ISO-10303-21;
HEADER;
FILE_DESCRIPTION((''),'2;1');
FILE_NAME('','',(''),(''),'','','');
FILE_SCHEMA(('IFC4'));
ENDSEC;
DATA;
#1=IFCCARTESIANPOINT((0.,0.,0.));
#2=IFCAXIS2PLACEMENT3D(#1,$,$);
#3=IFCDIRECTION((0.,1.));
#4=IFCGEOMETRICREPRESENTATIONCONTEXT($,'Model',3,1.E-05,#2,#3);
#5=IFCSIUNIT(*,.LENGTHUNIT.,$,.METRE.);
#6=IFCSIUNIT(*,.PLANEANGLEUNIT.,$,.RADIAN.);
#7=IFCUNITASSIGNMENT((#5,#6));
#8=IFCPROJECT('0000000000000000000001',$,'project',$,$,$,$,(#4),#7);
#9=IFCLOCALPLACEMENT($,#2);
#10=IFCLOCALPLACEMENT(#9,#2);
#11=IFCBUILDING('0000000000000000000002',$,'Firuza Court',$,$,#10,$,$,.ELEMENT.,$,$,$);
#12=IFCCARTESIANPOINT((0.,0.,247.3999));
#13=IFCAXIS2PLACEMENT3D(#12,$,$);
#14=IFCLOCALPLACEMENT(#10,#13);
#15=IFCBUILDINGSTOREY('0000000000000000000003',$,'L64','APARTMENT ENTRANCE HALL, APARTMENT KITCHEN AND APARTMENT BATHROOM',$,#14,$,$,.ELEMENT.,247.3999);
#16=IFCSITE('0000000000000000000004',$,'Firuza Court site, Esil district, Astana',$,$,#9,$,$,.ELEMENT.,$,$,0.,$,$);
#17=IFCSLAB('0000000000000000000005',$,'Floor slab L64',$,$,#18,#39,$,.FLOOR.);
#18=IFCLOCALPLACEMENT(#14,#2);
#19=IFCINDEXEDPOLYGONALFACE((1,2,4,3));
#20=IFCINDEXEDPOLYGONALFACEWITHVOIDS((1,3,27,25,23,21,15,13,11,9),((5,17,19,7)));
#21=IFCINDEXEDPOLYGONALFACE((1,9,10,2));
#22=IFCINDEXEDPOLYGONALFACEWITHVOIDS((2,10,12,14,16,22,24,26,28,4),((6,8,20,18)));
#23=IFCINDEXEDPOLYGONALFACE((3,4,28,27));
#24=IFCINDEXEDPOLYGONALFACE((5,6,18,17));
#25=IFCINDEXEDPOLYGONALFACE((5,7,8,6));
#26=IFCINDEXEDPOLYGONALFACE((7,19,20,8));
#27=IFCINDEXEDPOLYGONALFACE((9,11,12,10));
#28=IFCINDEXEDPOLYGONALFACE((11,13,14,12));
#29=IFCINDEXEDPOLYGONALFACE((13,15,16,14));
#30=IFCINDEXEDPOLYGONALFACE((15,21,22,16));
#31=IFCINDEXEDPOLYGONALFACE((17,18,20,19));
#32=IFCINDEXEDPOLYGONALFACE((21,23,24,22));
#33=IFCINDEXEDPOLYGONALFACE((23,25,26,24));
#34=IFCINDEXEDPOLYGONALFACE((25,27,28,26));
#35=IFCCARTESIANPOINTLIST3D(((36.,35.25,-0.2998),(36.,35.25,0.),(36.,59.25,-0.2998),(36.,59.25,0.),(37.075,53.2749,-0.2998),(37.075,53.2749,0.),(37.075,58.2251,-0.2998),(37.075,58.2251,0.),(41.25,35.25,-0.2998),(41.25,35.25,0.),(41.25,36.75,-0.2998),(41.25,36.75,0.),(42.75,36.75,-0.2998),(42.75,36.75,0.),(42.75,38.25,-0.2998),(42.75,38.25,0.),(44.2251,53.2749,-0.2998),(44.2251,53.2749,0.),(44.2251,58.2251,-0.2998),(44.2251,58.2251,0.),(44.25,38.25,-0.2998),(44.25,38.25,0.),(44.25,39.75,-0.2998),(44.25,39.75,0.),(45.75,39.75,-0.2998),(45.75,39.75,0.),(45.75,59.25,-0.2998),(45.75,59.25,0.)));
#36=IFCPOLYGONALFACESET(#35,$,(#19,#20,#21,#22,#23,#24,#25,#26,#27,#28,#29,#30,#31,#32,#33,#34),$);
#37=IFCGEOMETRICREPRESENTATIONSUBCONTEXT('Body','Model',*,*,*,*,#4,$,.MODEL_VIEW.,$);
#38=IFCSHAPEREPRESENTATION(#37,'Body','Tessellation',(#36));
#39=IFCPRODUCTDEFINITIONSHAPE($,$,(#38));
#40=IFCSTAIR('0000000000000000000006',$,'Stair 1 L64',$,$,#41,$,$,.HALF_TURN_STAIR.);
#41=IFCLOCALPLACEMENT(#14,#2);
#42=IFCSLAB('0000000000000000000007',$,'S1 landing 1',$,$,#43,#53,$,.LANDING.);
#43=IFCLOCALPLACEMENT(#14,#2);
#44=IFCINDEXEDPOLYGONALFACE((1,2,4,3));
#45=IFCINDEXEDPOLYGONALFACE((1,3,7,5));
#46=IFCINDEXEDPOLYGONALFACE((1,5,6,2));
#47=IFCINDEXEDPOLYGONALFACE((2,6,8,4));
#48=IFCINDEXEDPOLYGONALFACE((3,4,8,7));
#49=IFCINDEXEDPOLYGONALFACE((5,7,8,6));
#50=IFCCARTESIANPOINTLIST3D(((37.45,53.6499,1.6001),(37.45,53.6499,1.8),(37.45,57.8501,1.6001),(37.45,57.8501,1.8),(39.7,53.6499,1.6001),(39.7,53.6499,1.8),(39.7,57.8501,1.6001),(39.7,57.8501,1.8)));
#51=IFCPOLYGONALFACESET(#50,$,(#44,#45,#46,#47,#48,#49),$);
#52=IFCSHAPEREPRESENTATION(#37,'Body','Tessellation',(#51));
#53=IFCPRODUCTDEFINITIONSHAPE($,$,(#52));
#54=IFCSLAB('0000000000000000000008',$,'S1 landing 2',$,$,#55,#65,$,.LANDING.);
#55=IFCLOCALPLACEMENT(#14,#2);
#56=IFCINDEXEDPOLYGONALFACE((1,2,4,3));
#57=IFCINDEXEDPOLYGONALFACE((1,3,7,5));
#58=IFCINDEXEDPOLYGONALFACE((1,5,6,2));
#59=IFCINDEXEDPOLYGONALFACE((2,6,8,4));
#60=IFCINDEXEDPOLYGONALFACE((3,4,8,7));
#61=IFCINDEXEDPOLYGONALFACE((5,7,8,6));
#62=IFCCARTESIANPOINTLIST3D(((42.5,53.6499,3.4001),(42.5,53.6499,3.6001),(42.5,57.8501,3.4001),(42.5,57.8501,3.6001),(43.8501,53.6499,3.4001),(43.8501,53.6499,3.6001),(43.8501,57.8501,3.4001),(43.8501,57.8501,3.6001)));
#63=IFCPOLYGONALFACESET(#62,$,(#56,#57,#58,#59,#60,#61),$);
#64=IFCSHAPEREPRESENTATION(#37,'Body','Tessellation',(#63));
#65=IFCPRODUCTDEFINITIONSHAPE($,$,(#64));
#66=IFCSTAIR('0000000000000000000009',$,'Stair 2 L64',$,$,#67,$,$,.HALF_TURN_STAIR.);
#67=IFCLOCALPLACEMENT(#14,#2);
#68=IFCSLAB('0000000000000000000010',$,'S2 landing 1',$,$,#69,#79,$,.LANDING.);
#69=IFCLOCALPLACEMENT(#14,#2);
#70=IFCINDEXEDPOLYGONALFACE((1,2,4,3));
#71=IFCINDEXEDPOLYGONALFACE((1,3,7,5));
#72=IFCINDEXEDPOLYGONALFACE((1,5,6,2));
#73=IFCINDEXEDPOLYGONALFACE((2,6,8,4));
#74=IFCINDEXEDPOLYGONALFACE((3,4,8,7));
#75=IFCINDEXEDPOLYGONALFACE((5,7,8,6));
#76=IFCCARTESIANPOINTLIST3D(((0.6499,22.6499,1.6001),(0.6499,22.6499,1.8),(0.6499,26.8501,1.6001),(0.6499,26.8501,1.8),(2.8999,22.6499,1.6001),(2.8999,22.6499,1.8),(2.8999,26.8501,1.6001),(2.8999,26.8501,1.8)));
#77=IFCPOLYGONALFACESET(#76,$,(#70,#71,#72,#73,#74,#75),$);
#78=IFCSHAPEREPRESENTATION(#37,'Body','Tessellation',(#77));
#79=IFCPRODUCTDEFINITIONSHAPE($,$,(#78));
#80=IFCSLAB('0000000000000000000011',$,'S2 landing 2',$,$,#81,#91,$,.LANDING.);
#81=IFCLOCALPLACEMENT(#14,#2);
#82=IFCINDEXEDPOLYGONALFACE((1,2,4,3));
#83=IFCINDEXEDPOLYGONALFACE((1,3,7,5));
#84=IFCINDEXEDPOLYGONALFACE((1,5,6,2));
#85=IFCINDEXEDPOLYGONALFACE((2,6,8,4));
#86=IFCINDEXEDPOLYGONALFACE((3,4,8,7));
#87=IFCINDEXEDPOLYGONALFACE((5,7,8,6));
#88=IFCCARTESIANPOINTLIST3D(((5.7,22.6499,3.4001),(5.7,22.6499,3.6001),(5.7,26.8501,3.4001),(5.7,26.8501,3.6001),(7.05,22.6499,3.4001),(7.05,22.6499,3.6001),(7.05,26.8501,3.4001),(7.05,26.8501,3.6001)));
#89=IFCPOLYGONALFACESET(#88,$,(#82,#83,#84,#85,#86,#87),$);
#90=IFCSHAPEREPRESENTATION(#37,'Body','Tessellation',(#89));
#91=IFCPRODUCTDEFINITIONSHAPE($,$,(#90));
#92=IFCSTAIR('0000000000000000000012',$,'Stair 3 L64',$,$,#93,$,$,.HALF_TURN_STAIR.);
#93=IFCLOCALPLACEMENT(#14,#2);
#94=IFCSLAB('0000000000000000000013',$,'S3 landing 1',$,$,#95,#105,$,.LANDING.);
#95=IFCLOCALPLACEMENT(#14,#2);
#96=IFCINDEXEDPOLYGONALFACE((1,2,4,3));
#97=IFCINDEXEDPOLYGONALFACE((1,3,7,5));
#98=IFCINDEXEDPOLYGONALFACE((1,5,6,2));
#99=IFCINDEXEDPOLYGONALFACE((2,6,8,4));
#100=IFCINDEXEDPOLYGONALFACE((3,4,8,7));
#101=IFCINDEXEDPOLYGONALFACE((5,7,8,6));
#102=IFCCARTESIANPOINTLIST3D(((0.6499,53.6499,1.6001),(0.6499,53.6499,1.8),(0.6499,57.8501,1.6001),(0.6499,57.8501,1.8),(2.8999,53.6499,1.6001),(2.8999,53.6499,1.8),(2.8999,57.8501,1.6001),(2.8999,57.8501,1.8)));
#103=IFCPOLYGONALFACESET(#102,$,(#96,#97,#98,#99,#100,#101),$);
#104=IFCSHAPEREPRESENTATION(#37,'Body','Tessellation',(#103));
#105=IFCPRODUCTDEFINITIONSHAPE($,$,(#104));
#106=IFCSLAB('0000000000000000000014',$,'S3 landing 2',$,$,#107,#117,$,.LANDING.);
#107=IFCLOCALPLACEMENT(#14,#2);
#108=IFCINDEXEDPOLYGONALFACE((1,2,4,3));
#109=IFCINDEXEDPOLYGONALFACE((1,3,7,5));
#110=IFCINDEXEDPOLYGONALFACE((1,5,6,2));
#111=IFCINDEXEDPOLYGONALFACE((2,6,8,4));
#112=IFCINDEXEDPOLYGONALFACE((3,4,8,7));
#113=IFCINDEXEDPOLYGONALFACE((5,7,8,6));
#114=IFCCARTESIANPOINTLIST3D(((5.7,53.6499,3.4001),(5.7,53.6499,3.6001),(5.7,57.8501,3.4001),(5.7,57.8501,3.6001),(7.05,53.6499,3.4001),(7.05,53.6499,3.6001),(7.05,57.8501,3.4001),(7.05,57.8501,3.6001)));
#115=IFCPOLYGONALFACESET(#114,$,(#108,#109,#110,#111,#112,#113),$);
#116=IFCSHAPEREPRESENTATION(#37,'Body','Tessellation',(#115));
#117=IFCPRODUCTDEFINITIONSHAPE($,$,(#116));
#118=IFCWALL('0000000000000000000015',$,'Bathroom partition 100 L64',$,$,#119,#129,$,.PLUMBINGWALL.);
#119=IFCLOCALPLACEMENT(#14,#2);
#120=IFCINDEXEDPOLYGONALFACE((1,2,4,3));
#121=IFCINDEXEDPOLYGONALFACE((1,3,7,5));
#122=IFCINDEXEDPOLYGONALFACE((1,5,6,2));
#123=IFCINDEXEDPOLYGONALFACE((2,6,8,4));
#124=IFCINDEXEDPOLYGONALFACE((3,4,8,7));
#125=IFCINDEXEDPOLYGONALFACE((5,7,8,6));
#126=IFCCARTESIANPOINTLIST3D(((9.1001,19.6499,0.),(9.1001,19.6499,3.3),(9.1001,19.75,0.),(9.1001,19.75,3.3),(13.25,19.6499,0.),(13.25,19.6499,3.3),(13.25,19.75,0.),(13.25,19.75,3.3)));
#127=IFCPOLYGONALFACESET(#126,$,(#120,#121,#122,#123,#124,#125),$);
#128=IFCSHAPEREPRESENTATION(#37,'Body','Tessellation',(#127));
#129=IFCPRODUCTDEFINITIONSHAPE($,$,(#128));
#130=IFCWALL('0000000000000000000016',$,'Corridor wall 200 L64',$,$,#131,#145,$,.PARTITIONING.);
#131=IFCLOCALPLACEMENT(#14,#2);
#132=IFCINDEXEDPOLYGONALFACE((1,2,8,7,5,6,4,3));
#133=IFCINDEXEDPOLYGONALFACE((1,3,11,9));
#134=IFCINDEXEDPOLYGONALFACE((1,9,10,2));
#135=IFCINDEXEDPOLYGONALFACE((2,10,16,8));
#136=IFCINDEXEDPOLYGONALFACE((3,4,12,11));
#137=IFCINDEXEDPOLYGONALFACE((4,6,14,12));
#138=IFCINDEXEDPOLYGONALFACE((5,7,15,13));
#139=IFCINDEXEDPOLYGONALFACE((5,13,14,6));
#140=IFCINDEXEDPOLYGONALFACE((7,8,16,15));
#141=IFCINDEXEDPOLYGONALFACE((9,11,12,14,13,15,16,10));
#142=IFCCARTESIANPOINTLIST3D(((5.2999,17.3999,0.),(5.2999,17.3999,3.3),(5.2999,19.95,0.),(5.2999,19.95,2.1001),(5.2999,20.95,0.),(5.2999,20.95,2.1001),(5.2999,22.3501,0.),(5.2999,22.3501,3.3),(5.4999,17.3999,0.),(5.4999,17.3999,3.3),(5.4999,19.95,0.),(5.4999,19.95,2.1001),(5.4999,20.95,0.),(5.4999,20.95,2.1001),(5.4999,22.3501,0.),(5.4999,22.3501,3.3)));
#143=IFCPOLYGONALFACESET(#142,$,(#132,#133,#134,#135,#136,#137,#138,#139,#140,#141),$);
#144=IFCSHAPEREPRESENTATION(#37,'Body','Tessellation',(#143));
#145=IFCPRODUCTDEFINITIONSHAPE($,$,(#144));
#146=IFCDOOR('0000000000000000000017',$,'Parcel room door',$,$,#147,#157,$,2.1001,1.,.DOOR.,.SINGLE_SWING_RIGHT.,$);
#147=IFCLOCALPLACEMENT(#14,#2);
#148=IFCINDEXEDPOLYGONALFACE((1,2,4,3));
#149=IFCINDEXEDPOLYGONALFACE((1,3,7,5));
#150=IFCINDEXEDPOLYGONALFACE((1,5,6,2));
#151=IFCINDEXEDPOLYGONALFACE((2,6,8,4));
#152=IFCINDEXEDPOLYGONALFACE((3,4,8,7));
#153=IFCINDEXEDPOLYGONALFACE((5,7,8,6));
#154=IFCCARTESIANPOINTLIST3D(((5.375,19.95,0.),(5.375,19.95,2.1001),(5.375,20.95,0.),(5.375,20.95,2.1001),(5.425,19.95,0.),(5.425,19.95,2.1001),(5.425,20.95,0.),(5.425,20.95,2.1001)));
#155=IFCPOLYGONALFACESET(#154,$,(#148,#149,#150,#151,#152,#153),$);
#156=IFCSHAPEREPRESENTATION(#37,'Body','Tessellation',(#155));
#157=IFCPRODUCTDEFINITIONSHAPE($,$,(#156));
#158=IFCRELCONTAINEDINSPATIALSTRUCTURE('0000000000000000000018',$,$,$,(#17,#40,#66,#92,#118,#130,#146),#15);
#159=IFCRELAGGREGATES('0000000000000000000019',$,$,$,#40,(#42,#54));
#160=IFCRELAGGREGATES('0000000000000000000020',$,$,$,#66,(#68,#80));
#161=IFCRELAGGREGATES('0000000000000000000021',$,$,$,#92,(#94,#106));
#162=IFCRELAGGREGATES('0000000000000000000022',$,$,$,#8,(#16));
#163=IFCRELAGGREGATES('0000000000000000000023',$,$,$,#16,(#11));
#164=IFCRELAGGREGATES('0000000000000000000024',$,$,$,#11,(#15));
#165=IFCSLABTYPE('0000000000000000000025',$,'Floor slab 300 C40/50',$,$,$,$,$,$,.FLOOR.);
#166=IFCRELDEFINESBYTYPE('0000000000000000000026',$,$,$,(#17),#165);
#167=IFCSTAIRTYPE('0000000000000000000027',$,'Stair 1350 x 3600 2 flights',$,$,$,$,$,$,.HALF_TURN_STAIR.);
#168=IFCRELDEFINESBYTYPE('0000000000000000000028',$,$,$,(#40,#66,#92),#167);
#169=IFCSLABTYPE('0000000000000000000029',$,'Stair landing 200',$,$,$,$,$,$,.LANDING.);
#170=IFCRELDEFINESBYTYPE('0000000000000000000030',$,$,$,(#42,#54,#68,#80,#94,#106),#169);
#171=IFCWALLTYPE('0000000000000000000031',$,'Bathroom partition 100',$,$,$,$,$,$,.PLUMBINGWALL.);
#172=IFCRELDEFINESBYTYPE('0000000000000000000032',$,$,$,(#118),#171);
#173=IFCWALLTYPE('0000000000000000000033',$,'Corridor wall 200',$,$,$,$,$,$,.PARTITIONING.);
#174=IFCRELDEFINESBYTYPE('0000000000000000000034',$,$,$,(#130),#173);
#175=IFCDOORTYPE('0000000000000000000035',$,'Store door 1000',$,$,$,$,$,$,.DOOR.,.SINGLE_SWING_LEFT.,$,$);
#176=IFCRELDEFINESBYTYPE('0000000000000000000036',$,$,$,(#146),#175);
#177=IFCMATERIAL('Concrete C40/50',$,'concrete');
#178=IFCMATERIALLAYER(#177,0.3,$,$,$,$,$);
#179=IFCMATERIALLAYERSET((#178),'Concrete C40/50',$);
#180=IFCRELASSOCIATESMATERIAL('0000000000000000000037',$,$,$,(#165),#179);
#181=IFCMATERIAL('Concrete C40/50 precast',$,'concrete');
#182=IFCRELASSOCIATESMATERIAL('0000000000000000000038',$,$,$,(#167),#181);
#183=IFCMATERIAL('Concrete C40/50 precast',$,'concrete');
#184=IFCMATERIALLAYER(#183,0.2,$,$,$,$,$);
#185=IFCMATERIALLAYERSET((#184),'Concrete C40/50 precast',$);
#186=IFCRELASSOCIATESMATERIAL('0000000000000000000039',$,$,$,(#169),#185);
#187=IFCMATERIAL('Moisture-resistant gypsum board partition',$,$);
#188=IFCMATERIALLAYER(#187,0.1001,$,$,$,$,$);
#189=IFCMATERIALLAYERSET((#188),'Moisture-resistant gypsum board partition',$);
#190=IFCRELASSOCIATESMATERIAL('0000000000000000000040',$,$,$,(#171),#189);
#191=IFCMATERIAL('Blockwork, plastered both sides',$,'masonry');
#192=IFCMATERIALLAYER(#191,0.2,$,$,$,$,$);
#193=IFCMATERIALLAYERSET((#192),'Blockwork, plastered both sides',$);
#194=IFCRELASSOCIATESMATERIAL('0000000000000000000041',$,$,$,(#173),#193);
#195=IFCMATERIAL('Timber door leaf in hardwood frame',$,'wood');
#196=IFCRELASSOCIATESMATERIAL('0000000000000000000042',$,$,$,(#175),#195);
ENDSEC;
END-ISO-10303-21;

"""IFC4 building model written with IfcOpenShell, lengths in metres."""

from ifc_helpers import new_model, si_unit, direction, frame, frame_2d, origin, place, context, subcontext, project, spatial, polyline, rectangle, outline, extrude, material, layer, layer_set, type_object, element, fill, aggregate, save


model = new_model("IFC4")

# Units and contexts
model_context = context("Model", 3, precision=1e-05, world=origin(), true_north=direction((0.0, 1.0)))
body_context = subcontext(model_context, "Body", "Model", "MODEL_VIEW")
ifc_project = project(units=[si_unit("LENGTHUNIT", "METRE"), si_unit("PLANEANGLEUNIT", "RADIAN")], contexts=[model_context])

# Site, building, storey
site_placement = place(None, origin())
site = spatial("IfcSite", under=ifc_project, at=site_placement, Name="Firuza Court site, Esil district, Astana", CompositionType="ELEMENT", RefElevation=0.0)
building_placement = place(site_placement, origin())
building = spatial("IfcBuilding", under=site, at=building_placement, Name="Firuza Court", CompositionType="ELEMENT")
storey_placement = place(building_placement, frame((0.0, 0.0, 247.3999)))
storey = spatial("IfcBuildingStorey", under=building, at=storey_placement, Name="L64", Description="APARTMENT ENTRANCE HALL, APARTMENT KITCHEN AND APARTMENT BATHROOM", CompositionType="ELEMENT", Elevation=247.3999)

# Slab
ifc_material_1 = material(Name="Concrete C40/50", Category="concrete")
ifc_layer_1 = layer(ifc_material_1, 0.3)
ifc_layer_set_1 = layer_set([ifc_layer_1], Name="Concrete C40/50")
slab_type_1 = type_object("IfcSlabType", Name="Floor slab 300 C40/50", PredefinedType="FLOOR", material=ifc_layer_set_1)
slab_1_placement = place(storey_placement, frame((0.0, 0.0, -0.2998)))
element("IfcSlab", 1, at=slab_1_placement, inside=storey, type_object=slab_type_1, Name="Floor slab L64", PredefinedType="FLOOR", context=body_context, shape_type="SweptSolid", body=[
    extrude(outline(polyline([(45.75, 39.75), (44.25, 39.75), (44.25, 38.25), (42.75, 38.25), (42.75, 36.75), (41.25, 36.75), (41.25, 35.25), (36.0, 35.25), (36.0, 59.25), (45.75, 59.25), (45.75, 39.75)]), holes=[polyline([(44.2251, 58.2251), (37.075, 58.2251), (37.075, 53.2749), (44.2251, 53.2749), (44.2251, 58.2251)])]), origin(), (0.0, 0.0, 1.0), 0.2998),
])

# Stairs, slabs
ifc_material_2 = material(Name="Concrete C40/50 precast", Category="concrete")
stair_type = type_object("IfcStairType", Name="Stair 1350 x 3600 2 flights", PredefinedType="HALF_TURN_STAIR", material=ifc_material_2)
stair_1_placement = place(storey_placement, origin())
stair_1 = element("IfcStair", 2, at=stair_1_placement, inside=storey, type_object=stair_type, Name="Stair 1 L64", PredefinedType="HALF_TURN_STAIR")
ifc_material_3 = material(Name="Concrete C40/50 precast", Category="concrete")
ifc_layer_2 = layer(ifc_material_3, 0.2)
ifc_layer_set_2 = layer_set([ifc_layer_2], Name="Concrete C40/50 precast")
slab_type_2 = type_object("IfcSlabType", Name="Stair landing 200", PredefinedType="LANDING", material=ifc_layer_set_2)
slab_2_placement = place(storey_placement, frame((0.0, 0.0, 1.6001)))
slab_2 = element("IfcSlab", 3, at=slab_2_placement, type_object=slab_type_2, Name="S1 landing 1", PredefinedType="LANDING", context=body_context, shape_type="SweptSolid", body=[
    extrude(outline(polyline([(39.7, 53.6499), (39.7, 57.8501), (37.45, 57.8501), (37.45, 53.6499), (39.7, 53.6499)])), origin(), (0.0, 0.0, 1.0), 0.2),
])
slab_3_placement = place(storey_placement, frame((0.0, 0.0, 3.4001)))
slab_3 = element("IfcSlab", 4, at=slab_3_placement, type_object=slab_type_2, Name="S1 landing 2", PredefinedType="LANDING", context=body_context, shape_type="SweptSolid", body=[
    extrude(outline(polyline([(43.8501, 53.6499), (43.8501, 57.8501), (42.5, 57.8501), (42.5, 53.6499), (43.8501, 53.6499)])), origin(), (0.0, 0.0, 1.0), 0.2),
])
aggregate(stair_1, [slab_2, slab_3])
stair_2_placement = place(storey_placement, origin())
stair_2 = element("IfcStair", 5, at=stair_2_placement, inside=storey, type_object=stair_type, Name="Stair 2 L64", PredefinedType="HALF_TURN_STAIR")
slab_4_placement = place(storey_placement, frame((0.0, 0.0, 1.6001)))
slab_4 = element("IfcSlab", 6, at=slab_4_placement, type_object=slab_type_2, Name="S2 landing 1", PredefinedType="LANDING", context=body_context, shape_type="SweptSolid", body=[
    extrude(outline(polyline([(2.8999, 22.6499), (2.8999, 26.8501), (0.6499, 26.8501), (0.6499, 22.6499), (2.8999, 22.6499)])), origin(), (0.0, 0.0, 1.0), 0.2),
])
slab_5_placement = place(storey_placement, frame((0.0, 0.0, 3.4001)))
slab_5 = element("IfcSlab", 7, at=slab_5_placement, type_object=slab_type_2, Name="S2 landing 2", PredefinedType="LANDING", context=body_context, shape_type="SweptSolid", body=[
    extrude(outline(polyline([(7.05, 22.6499), (7.05, 26.8501), (5.7, 26.8501), (5.7, 22.6499), (7.05, 22.6499)])), origin(), (0.0, 0.0, 1.0), 0.2),
])
aggregate(stair_2, [slab_4, slab_5])
stair_3_placement = place(storey_placement, origin())
stair_3 = element("IfcStair", 8, at=stair_3_placement, inside=storey, type_object=stair_type, Name="Stair 3 L64", PredefinedType="HALF_TURN_STAIR")
slab_6_placement = place(storey_placement, frame((0.0, 0.0, 1.6001)))
slab_6 = element("IfcSlab", 9, at=slab_6_placement, type_object=slab_type_2, Name="S3 landing 1", PredefinedType="LANDING", context=body_context, shape_type="SweptSolid", body=[
    extrude(outline(polyline([(2.8999, 53.6499), (2.8999, 57.8501), (0.6499, 57.8501), (0.6499, 53.6499), (2.8999, 53.6499)])), origin(), (0.0, 0.0, 1.0), 0.2),
])
slab_7_placement = place(storey_placement, frame((0.0, 0.0, 3.4001)))
slab_7 = element("IfcSlab", 10, at=slab_7_placement, type_object=slab_type_2, Name="S3 landing 2", PredefinedType="LANDING", context=body_context, shape_type="SweptSolid", body=[
    extrude(outline(polyline([(7.05, 53.6499), (7.05, 57.8501), (5.7, 57.8501), (5.7, 53.6499), (7.05, 53.6499)])), origin(), (0.0, 0.0, 1.0), 0.2),
])
aggregate(stair_3, [slab_6, slab_7])

# Wall
ifc_material_4 = material(Name="Moisture-resistant gypsum board partition")
ifc_layer_3 = layer(ifc_material_4, 0.1001)
ifc_layer_set_3 = layer_set([ifc_layer_3], Name="Moisture-resistant gypsum board partition")
wall_type_1 = type_object("IfcWallType", Name="Bathroom partition 100", PredefinedType="PLUMBINGWALL", material=ifc_layer_set_3)
wall_1_placement = place(storey_placement, frame((9.1001, 19.7, 0.0), z_axis=(0.0, 0.0, 1.0), x_axis=(1.0, 0.0, 0.0)))
element("IfcWall", 11, at=wall_1_placement, inside=storey, type_object=wall_type_1, Name="Bathroom partition 100 L64", PredefinedType="PLUMBINGWALL", context=body_context, shape_type="SweptSolid", body=[
    extrude(rectangle(XDim=4.1499, YDim=0.1001, at=frame_2d((2.075, 0.0))), origin(), (0.0, 0.0, 1.0), 3.3),
])

# Wall, opening, door
ifc_material_5 = material(Name="Blockwork, plastered both sides", Category="masonry")
ifc_layer_4 = layer(ifc_material_5, 0.2)
ifc_layer_set_4 = layer_set([ifc_layer_4], Name="Blockwork, plastered both sides")
wall_type_2 = type_object("IfcWallType", Name="Corridor wall 200", PredefinedType="PARTITIONING", material=ifc_layer_set_4)
wall_2_placement = place(storey_placement, frame((5.3999, 17.3999, 0.0), z_axis=(0.0, 0.0, 1.0), x_axis=(0.0, 1.0, 0.0)))
wall_2 = element("IfcWall", 12, at=wall_2_placement, inside=storey, type_object=wall_type_2, Name="Corridor wall 200 L64", PredefinedType="PARTITIONING", context=body_context, shape_type="SweptSolid", body=[
    extrude(rectangle(XDim=4.9502, YDim=0.2, at=frame_2d((2.4751, 0.0))), origin(), (0.0, 0.0, 1.0), 3.3),
])
opening_1_placement = place(wall_2_placement, frame((2.55, 0.0, 0.0)))
opening_1 = element("IfcOpeningElement", 13, at=opening_1_placement, cuts=wall_2, PredefinedType="OPENING", context=body_context, shape_type="SweptSolid", body=[
    extrude(rectangle(XDim=1.0, YDim=2.1001, at=frame_2d((0.5, 1.05))), frame((0.0, 0.1118, 0.0), z_axis=(0.0, -1.0, 0.0), x_axis=(1.0, 0.0, 0.0)), (0.0, 0.0, 1.0), 0.2239),
])
ifc_material_6 = material(Name="Timber door leaf in hardwood frame", Category="wood")
door_type_1 = type_object("IfcDoorType", Name="Store door 1000", OperationType="SINGLE_SWING_LEFT", PredefinedType="DOOR", material=ifc_material_6)
door_1_placement = place(opening_1_placement, origin())
door_1 = element("IfcDoor", 14, at=door_1_placement, inside=storey, type_object=door_type_1, Name="Parcel room door", OperationType="SINGLE_SWING_RIGHT", OverallHeight=2.1001, OverallWidth=1.0, PredefinedType="DOOR", context=body_context, shape_type="SweptSolid", body=[
    extrude(rectangle(XDim=1.0, YDim=2.1001, at=frame_2d((0.5, 1.05))), frame((0.0, 0.0249, 0.0), z_axis=(0.0, -1.0, 0.0), x_axis=(1.0, 0.0, 0.0)), (0.0, 0.0, 1.0), 0.05),
])
fill(opening_1, door_1)

save(model, "model.ifc")
